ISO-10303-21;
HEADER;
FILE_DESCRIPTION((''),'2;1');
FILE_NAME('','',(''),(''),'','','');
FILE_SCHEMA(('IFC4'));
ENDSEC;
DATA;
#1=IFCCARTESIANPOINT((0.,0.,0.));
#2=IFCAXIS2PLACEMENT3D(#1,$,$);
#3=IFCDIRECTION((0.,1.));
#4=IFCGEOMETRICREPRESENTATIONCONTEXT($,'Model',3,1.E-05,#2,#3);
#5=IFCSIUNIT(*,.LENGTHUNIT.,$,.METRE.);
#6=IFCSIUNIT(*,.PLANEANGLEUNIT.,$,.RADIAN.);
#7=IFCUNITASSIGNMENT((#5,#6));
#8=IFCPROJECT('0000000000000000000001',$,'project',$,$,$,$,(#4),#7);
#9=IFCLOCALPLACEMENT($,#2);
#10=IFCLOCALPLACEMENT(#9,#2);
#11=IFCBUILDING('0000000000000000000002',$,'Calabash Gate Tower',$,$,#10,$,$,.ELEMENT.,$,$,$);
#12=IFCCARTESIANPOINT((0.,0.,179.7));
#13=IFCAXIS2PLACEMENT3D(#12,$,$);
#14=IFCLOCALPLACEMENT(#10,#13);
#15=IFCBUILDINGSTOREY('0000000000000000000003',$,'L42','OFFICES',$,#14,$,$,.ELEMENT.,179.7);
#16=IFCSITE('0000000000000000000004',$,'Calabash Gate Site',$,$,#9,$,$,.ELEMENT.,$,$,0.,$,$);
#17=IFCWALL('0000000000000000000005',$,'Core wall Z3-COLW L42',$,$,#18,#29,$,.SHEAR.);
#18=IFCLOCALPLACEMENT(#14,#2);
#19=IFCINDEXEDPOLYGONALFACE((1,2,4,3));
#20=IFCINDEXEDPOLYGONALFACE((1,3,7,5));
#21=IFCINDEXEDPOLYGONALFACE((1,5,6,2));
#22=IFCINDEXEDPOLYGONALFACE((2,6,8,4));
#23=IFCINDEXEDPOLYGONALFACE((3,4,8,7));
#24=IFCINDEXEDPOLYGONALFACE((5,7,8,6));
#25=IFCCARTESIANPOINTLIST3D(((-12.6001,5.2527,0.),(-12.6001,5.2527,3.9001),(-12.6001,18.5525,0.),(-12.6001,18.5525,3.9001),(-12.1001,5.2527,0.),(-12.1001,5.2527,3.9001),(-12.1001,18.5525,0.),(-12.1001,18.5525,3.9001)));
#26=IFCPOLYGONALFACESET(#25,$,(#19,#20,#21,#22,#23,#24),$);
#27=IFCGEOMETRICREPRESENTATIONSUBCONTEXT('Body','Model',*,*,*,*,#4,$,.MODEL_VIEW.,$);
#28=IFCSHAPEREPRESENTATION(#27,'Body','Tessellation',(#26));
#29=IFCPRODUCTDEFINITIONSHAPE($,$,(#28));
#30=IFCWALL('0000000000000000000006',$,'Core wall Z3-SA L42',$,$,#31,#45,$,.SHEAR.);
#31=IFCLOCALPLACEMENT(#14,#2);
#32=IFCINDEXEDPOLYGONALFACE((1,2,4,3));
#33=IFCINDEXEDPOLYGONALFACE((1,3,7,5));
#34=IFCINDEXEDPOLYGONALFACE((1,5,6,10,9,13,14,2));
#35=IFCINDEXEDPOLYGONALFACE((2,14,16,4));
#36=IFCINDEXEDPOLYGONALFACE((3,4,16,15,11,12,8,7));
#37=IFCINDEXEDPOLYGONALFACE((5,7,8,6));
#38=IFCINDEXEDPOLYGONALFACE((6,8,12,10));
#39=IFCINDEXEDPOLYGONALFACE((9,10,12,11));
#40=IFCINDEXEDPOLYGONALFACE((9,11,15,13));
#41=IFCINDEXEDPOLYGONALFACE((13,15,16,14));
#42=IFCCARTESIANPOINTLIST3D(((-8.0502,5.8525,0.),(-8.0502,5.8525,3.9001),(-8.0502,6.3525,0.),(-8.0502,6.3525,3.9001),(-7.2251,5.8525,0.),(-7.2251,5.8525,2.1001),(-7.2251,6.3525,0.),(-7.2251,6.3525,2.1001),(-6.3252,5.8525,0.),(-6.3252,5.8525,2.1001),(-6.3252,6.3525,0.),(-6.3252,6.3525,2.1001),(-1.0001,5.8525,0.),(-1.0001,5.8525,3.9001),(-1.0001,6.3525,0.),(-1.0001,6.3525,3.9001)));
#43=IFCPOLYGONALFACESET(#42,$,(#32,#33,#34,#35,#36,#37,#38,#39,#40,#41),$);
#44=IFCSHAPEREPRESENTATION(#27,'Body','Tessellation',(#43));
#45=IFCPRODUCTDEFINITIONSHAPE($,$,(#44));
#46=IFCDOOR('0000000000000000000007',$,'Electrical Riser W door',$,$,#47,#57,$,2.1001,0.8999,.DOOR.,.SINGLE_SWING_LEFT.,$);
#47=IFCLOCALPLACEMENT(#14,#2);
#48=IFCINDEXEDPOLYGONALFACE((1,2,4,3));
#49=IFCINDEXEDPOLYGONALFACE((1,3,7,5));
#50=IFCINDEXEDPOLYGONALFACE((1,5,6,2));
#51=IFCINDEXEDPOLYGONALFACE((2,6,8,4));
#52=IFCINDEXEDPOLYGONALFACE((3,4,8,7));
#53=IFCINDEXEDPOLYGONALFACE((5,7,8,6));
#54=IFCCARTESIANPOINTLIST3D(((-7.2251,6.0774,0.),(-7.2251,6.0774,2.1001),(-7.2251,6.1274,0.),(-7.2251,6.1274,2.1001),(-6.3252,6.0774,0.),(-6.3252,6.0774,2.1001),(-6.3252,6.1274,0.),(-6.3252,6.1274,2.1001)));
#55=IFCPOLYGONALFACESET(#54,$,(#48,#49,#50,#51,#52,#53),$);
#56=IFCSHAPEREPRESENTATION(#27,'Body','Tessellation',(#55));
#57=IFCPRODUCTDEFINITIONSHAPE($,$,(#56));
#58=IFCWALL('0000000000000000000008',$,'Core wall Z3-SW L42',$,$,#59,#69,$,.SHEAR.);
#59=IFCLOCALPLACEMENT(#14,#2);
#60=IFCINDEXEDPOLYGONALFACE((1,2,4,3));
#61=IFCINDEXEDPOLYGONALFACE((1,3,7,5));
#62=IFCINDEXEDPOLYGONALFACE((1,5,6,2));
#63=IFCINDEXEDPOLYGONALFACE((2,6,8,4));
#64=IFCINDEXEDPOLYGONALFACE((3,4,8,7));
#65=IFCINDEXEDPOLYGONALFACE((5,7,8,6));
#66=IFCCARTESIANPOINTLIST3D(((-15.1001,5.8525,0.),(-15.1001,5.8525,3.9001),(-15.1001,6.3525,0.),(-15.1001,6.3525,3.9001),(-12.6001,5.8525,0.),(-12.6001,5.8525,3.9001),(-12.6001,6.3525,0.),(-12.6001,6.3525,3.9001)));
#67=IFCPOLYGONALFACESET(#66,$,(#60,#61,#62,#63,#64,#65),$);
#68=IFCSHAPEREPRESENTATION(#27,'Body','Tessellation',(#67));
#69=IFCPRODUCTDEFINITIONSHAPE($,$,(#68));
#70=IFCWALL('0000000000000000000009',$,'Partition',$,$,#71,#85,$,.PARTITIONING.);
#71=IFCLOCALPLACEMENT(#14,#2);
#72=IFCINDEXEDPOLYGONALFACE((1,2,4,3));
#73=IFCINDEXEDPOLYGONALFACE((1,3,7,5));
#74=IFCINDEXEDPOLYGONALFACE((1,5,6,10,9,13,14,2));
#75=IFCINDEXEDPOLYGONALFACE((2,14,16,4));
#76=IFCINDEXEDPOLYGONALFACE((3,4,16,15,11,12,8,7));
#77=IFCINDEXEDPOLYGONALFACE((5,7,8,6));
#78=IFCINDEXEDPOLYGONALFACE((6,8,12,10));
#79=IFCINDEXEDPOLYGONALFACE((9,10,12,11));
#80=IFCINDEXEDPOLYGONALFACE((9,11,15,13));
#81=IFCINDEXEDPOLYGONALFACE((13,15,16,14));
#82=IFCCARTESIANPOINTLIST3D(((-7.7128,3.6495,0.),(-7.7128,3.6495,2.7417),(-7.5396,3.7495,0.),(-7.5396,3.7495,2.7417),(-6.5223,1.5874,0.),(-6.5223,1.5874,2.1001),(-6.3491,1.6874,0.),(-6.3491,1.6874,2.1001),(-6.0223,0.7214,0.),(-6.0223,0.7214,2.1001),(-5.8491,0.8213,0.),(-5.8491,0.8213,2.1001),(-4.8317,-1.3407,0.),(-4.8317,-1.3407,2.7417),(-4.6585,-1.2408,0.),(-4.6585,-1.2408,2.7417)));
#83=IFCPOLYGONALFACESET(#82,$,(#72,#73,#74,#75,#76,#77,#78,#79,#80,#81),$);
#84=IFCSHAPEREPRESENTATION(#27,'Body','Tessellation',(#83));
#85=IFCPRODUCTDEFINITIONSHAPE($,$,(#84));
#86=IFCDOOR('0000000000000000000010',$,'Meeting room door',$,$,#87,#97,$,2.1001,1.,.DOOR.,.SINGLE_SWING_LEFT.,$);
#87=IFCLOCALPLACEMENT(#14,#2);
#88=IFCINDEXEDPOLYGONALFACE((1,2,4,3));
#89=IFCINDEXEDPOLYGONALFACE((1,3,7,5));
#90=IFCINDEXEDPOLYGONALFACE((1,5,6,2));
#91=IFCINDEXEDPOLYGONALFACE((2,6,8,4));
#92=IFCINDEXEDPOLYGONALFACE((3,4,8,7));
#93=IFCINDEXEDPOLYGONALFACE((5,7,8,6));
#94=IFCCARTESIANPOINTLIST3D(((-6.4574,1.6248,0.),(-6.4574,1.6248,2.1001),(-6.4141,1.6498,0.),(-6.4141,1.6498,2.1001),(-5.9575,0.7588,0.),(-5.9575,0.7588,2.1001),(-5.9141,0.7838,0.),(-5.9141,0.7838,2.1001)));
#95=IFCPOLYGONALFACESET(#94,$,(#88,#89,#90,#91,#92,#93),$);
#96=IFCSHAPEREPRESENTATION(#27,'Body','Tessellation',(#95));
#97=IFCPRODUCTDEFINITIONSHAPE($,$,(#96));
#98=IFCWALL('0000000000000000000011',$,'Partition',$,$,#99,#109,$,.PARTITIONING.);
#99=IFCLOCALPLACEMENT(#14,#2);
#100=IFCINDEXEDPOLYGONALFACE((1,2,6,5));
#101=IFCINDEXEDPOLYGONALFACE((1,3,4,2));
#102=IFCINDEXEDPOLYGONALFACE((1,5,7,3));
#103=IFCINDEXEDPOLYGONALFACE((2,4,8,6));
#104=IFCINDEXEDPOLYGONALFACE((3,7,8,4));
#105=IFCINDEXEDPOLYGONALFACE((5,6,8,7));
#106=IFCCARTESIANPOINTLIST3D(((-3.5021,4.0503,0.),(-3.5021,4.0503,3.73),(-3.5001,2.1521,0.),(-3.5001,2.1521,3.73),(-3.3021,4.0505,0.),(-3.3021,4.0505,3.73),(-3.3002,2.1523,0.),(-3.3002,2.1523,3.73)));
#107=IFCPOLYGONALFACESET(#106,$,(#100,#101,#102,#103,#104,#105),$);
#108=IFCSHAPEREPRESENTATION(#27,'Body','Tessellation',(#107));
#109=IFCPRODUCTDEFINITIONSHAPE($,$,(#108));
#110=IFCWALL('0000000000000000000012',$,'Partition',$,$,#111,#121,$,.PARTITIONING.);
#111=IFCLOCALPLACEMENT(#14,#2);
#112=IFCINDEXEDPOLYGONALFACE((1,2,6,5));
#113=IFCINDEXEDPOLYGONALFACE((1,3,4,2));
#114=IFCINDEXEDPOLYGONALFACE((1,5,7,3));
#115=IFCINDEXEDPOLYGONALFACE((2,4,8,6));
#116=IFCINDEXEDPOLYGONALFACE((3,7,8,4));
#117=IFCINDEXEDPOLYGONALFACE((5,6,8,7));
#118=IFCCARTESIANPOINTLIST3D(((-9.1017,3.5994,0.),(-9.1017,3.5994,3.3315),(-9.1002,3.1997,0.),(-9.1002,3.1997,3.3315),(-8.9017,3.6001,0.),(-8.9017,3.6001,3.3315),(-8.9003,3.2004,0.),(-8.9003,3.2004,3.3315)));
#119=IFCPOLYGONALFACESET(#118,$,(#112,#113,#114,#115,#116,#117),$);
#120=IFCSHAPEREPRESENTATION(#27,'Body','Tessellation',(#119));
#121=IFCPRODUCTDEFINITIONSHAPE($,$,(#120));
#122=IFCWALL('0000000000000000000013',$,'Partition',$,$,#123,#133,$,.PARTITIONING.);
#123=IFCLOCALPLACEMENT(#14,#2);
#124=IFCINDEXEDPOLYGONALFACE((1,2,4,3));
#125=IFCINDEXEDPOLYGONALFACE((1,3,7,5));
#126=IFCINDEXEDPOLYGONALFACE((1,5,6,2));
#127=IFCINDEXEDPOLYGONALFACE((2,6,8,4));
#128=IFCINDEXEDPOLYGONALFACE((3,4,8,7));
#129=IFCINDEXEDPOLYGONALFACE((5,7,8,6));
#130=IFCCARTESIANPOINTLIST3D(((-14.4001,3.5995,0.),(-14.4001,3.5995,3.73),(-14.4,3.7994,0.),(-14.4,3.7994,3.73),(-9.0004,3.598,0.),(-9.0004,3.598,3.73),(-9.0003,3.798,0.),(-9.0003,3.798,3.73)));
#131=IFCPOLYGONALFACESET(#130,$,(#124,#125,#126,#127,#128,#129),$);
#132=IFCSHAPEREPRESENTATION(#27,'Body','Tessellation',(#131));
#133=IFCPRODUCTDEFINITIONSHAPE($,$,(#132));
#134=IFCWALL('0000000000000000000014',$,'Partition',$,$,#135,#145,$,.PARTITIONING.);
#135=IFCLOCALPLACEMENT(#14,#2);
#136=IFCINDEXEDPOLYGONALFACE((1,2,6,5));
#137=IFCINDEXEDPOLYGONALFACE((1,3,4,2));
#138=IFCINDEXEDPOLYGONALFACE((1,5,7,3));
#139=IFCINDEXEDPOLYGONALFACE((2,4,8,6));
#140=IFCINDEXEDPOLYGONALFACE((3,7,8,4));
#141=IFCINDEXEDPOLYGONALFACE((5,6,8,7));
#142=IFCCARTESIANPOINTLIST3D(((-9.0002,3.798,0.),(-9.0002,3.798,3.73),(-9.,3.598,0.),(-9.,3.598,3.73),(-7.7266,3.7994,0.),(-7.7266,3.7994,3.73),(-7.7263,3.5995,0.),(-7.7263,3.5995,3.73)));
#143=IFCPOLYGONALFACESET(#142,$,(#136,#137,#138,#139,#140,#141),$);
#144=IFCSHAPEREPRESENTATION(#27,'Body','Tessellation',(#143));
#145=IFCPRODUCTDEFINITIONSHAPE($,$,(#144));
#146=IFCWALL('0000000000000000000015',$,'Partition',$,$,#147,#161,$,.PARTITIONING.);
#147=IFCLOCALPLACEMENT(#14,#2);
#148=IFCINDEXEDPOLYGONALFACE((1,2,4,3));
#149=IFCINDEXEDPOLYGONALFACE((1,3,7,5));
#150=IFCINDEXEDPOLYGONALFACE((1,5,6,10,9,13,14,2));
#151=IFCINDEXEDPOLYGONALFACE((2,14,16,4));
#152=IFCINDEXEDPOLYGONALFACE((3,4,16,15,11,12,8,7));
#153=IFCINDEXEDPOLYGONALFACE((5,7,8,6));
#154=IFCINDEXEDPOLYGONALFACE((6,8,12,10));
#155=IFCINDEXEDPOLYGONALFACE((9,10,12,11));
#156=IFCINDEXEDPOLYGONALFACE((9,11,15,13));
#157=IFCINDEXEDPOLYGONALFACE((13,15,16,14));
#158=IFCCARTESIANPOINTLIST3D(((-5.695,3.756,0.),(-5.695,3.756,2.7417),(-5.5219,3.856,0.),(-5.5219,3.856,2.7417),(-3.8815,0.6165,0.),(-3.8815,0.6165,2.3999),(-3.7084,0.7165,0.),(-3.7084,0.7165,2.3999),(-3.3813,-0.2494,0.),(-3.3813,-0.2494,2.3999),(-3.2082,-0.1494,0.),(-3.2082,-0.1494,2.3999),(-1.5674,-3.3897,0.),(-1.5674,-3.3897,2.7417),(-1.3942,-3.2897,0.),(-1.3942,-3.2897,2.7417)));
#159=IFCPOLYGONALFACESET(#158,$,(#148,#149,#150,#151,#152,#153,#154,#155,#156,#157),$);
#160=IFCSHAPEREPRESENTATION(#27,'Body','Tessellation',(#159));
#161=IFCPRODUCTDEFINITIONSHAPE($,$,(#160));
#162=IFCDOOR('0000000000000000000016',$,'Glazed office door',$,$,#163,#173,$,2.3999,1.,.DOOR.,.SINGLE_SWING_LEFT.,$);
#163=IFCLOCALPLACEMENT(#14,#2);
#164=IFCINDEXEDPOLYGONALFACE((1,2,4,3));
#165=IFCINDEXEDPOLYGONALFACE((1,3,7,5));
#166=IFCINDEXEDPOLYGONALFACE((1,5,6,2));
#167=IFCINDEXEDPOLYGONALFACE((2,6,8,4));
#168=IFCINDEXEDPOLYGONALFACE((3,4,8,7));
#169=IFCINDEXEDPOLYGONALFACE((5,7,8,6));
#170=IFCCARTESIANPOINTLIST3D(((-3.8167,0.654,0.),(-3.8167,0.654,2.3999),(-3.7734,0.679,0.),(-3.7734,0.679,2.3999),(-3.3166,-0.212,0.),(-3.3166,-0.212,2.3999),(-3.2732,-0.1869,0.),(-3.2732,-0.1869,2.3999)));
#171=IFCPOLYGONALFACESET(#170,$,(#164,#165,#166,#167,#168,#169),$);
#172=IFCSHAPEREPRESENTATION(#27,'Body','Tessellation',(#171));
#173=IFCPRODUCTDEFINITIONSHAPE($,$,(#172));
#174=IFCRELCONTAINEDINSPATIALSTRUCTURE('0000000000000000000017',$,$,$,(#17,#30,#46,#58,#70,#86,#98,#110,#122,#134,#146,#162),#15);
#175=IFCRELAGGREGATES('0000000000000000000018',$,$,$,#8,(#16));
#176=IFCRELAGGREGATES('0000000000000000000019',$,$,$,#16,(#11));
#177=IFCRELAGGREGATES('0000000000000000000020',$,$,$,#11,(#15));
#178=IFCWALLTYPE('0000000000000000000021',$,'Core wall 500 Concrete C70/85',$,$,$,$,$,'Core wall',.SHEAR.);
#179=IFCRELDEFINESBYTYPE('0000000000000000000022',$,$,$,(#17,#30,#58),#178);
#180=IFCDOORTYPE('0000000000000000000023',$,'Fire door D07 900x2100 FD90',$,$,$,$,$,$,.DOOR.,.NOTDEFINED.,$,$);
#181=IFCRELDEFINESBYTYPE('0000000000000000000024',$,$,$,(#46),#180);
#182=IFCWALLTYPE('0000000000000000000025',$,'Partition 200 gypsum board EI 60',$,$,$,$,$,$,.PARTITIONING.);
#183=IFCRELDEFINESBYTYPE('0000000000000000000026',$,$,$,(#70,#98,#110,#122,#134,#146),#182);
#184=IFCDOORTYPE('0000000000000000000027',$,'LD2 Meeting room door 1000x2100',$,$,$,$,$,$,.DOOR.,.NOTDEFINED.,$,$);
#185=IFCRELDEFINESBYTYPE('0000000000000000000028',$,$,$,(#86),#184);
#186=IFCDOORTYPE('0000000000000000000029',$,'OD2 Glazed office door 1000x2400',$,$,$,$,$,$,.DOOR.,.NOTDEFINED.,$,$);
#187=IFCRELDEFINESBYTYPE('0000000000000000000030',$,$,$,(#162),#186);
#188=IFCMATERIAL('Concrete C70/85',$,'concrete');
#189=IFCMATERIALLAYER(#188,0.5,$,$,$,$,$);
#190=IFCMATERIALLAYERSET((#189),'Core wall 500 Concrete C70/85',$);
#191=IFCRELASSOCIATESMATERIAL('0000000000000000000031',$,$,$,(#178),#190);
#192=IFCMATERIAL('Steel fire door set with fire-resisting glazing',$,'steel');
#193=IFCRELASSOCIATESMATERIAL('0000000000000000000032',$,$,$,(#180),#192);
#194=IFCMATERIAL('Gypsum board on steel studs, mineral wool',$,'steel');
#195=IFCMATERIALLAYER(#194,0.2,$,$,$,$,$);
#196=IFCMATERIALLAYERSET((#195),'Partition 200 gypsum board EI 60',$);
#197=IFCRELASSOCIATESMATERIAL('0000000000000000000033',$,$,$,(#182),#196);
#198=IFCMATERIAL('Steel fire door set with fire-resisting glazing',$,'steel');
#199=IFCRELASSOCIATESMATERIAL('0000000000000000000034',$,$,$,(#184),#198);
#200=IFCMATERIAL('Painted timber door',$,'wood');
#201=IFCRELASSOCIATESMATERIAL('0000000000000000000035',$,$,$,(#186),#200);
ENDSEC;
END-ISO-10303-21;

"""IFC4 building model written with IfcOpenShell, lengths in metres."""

from ifc_helpers import new_model, si_unit, direction, frame, frame_2d, origin, place, context, subcontext, project, spatial, rectangle, extrude, material, layer, layer_set, type_object, element, fill, save


model = new_model("IFC4")

# Units and contexts
model_context = context("Model", 3, precision=1e-05, world=origin(), true_north=direction((0.0, 1.0)))
body_context = subcontext(model_context, "Body", "Model", "MODEL_VIEW")
ifc_project = project(units=[si_unit("LENGTHUNIT", "METRE"), si_unit("PLANEANGLEUNIT", "RADIAN")], contexts=[model_context])

# Site, building, storey
site_placement = place(None, origin())
site = spatial("IfcSite", under=ifc_project, at=site_placement, Name="Calabash Gate Site", CompositionType="ELEMENT", RefElevation=0.0)
building_placement = place(site_placement, origin())
building = spatial("IfcBuilding", under=site, at=building_placement, Name="Calabash Gate Tower", CompositionType="ELEMENT")
storey_placement = place(building_placement, frame((0.0, 0.0, 179.7)))
storey = spatial("IfcBuildingStorey", under=building, at=storey_placement, Name="L42", Description="OFFICES", CompositionType="ELEMENT", Elevation=179.7)

# Wall
ifc_material_1 = material(Name="Concrete C70/85", Category="concrete")
ifc_layer_1 = layer(ifc_material_1, 0.5)
ifc_layer_set_1 = layer_set([ifc_layer_1], Name="Core wall 500 Concrete C70/85")
wall_type_1 = type_object("IfcWallType", Name="Core wall 500 Concrete C70/85", ElementType="Core wall", PredefinedType="SHEAR", material=ifc_layer_set_1)
wall_1_placement = place(storey_placement, frame((-12.3501, 5.2527, 0.0), z_axis=(0.0, 0.0, 1.0), x_axis=(0.0, 1.0, 0.0)))
element("IfcWall", 1, at=wall_1_placement, inside=storey, type_object=wall_type_1, Name="Core wall Z3-COLW L42", PredefinedType="SHEAR", context=body_context, shape_type="SweptSolid", body=[
    extrude(rectangle(XDim=13.2998, YDim=0.5, at=frame_2d((6.6499, 0.0))), origin(), (0.0, 0.0, 1.0), 3.9001),
])

# Wall, opening, door
wall_2_placement = place(storey_placement, frame((-8.05, 6.1025, 0.0), z_axis=(0.0, 0.0, 1.0), x_axis=(1.0, 0.0, 0.0)))
wall_2 = element("IfcWall", 2, at=wall_2_placement, inside=storey, type_object=wall_type_1, Name="Core wall Z3-SA L42", PredefinedType="SHEAR", context=body_context, shape_type="SweptSolid", body=[
    extrude(rectangle(XDim=7.05, YDim=0.5, at=frame_2d((3.5249, 0.0))), origin(), (0.0, 0.0, 1.0), 3.9001),
])
opening_1_placement = place(wall_2_placement, frame((0.825, 0.0, 0.0)))
opening_1 = element("IfcOpeningElement", 3, at=opening_1_placement, cuts=wall_2, PredefinedType="OPENING", context=body_context, shape_type="SweptSolid", body=[
    extrude(rectangle(XDim=0.8999, YDim=2.1001, at=frame_2d((0.45, 1.05))), frame((0.0, 0.26, 0.0), z_axis=(0.0, -1.0, 0.0), x_axis=(1.0, 0.0, 0.0)), (0.0, 0.0, 1.0), 0.52),
])
ifc_material_2 = material(Name="Steel fire door set with fire-resisting glazing", Category="steel")
door_type_1 = type_object("IfcDoorType", Name="Fire door D07 900x2100 FD90", OperationType="NOTDEFINED", PredefinedType="DOOR", material=ifc_material_2)
door_1_placement = place(opening_1_placement, origin())
door_1 = element("IfcDoor", 4, at=door_1_placement, inside=storey, type_object=door_type_1, Name="Electrical Riser W door", OperationType="SINGLE_SWING_LEFT", OverallHeight=2.1001, OverallWidth=0.8999, PredefinedType="DOOR", context=body_context, shape_type="SweptSolid", body=[
    extrude(rectangle(XDim=0.8999, YDim=2.1001, at=frame_2d((0.45, 1.05))), frame((0.0, 0.0249, 0.0), z_axis=(0.0, -1.0, 0.0), x_axis=(1.0, 0.0, 0.0)), (0.0, 0.0, 1.0), 0.05),
])
fill(opening_1, door_1)

# Wall
wall_3_placement = place(storey_placement, frame((-12.6001, 6.1025, 0.0), z_axis=(0.0, 0.0, 1.0), x_axis=(-1.0, 0.0, 0.0)))
element("IfcWall", 5, at=wall_3_placement, inside=storey, type_object=wall_type_1, Name="Core wall Z3-SW L42", PredefinedType="SHEAR", context=body_context, shape_type="SweptSolid", body=[
    extrude(rectangle(XDim=2.5, YDim=0.5, at=frame_2d((1.25, 0.0))), origin(), (0.0, 0.0, 1.0), 3.9001),
])

# Wall, opening, door
ifc_material_3 = material(Name="Gypsum board on steel studs, mineral wool", Category="steel")
ifc_layer_2 = layer(ifc_material_3, 0.2)
ifc_layer_set_2 = layer_set([ifc_layer_2], Name="Partition 200 gypsum board EI 60")
wall_type_2 = type_object("IfcWallType", Name="Partition 200 gypsum board EI 60", PredefinedType="PARTITIONING", material=ifc_layer_set_2)
wall_4_placement = place(storey_placement, frame((-7.6262, 3.6995, 0.0), z_axis=(0.0, 0.0, 1.0), x_axis=(0.499999, -0.866026, 0.0)))
wall_4 = element("IfcWall", 6, at=wall_4_placement, inside=storey, type_object=wall_type_2, Name="Partition", PredefinedType="PARTITIONING", context=body_context, shape_type="SweptSolid", body=[
    extrude(rectangle(XDim=5.7622, YDim=0.2, at=frame_2d((2.8811, 0.0))), origin(), (0.0, 0.0, 1.0), 2.7417),
])
opening_2_placement = place(wall_4_placement, frame((2.3811, 0.0, 0.0)))
opening_2 = element("IfcOpeningElement", 7, at=opening_2_placement, cuts=wall_4, PredefinedType="OPENING", context=body_context, shape_type="SweptSolid", body=[
    extrude(rectangle(XDim=1.0, YDim=2.1001, at=frame_2d((0.5, 1.05))), frame((0.0, 0.1099, 0.0), z_axis=(0.0, -1.0, 0.0), x_axis=(1.0, 0.0, 0.0)), (0.0, 0.0, 1.0), 0.22),
])
ifc_material_4 = material(Name="Steel fire door set with fire-resisting glazing", Category="steel")
door_type_2 = type_object("IfcDoorType", Name="LD2 Meeting room door 1000x2100", OperationType="NOTDEFINED", PredefinedType="DOOR", material=ifc_material_4)
door_2_placement = place(opening_2_placement, origin())
door_2 = element("IfcDoor", 8, at=door_2_placement, inside=storey, type_object=door_type_2, Name="Meeting room door", OperationType="SINGLE_SWING_LEFT", OverallHeight=2.1001, OverallWidth=1.0, PredefinedType="DOOR", context=body_context, shape_type="SweptSolid", body=[
    extrude(rectangle(XDim=1.0, YDim=2.1001, at=frame_2d((0.5, 1.05))), frame((0.0, 0.0249, 0.0), z_axis=(0.0, -1.0, 0.0), x_axis=(1.0, 0.0, 0.0)), (0.0, 0.0, 1.0), 0.05),
])
fill(opening_2, door_2)

# Walls
wall_5_placement = place(storey_placement, frame((-3.4021, 4.0505, 0.0), z_axis=(0.0, 0.0, 1.0), x_axis=(0.001029, -0.999999, 0.0)))
element("IfcWall", 9, at=wall_5_placement, inside=storey, type_object=wall_type_2, Name="Partition", PredefinedType="PARTITIONING", context=body_context, shape_type="SweptSolid", body=[
    extrude(rectangle(XDim=1.8982, YDim=0.2, at=frame_2d((0.9492, 0.0))), origin(), (0.0, 0.0, 1.0), 3.73),
])
wall_6_placement = place(storey_placement, frame((-9.0017, 3.5996, 0.0), z_axis=(0.0, 0.0, 1.0), x_axis=(0.003665, -0.999993, 0.0)))
element("IfcWall", 10, at=wall_6_placement, inside=storey, type_object=wall_type_2, Name="Partition", PredefinedType="PARTITIONING", context=body_context, shape_type="SweptSolid", body=[
    extrude(rectangle(XDim=0.3997, YDim=0.2, at=frame_2d((0.1997, 0.0))), origin(), (0.0, 0.0, 1.0), 3.3315),
])
wall_7_placement = place(storey_placement, frame((-14.3999, 3.6995, 0.0), z_axis=(0.0, 0.0, 1.0), x_axis=(1.0, -0.000271, 0.0)))
element("IfcWall", 11, at=wall_7_placement, inside=storey, type_object=wall_type_2, Name="Partition", PredefinedType="PARTITIONING", context=body_context, shape_type="SweptSolid", body=[
    extrude(rectangle(XDim=5.3997, YDim=0.2, at=frame_2d((2.6997, 0.0))), origin(), (0.0, 0.0, 1.0), 3.73),
])
wall_8_placement = place(storey_placement, frame((-9.0, 3.698, 0.0), z_axis=(0.0, 0.0, 1.0), x_axis=(0.999999, 0.00115, 0.0)))
element("IfcWall", 12, at=wall_8_placement, inside=storey, type_object=wall_type_2, Name="Partition", PredefinedType="PARTITIONING", context=body_context, shape_type="SweptSolid", body=[
    extrude(rectangle(XDim=1.2737, YDim=0.2, at=frame_2d((0.6367, 0.0))), origin(), (0.0, 0.0, 1.0), 3.73),
])

# Wall, opening, door
wall_9_placement = place(storey_placement, frame((-5.6084, 3.8059, 0.0), z_axis=(0.0, 0.0, 1.0), x_axis=(0.500189, -0.865916, 0.0)))
wall_9 = element("IfcWall", 13, at=wall_9_placement, inside=storey, type_object=wall_type_2, Name="Partition", PredefinedType="PARTITIONING", context=body_context, shape_type="SweptSolid", body=[
    extrude(rectangle(XDim=8.2522, YDim=0.2, at=frame_2d((4.126, 0.0))), origin(), (0.0, 0.0, 1.0), 2.7417),
])
opening_3_placement = place(wall_9_placement, frame((3.6255, 0.0, 0.0)))
opening_3 = element("IfcOpeningElement", 14, at=opening_3_placement, cuts=wall_9, PredefinedType="OPENING", context=body_context, shape_type="SweptSolid", body=[
    extrude(rectangle(XDim=1.0, YDim=2.3999, at=frame_2d((0.5, 1.2))), frame((0.0, 0.1099, 0.0), z_axis=(0.0, -1.0, 0.0), x_axis=(1.0, 0.0, 0.0)), (0.0, 0.0, 1.0), 0.22),
])
ifc_material_5 = material(Name="Painted timber door", Category="wood")
door_type_3 = type_object("IfcDoorType", Name="OD2 Glazed office door 1000x2400", OperationType="NOTDEFINED", PredefinedType="DOOR", material=ifc_material_5)
door_3_placement = place(opening_3_placement, origin())
door_3 = element("IfcDoor", 15, at=door_3_placement, inside=storey, type_object=door_type_3, Name="Glazed office door", OperationType="SINGLE_SWING_LEFT", OverallHeight=2.3999, OverallWidth=1.0, PredefinedType="DOOR", context=body_context, shape_type="SweptSolid", body=[
    extrude(rectangle(XDim=1.0, YDim=2.3999, at=frame_2d((0.5, 1.2))), frame((0.0, 0.0249, 0.0), z_axis=(0.0, -1.0, 0.0), x_axis=(1.0, 0.0, 0.0)), (0.0, 0.0, 1.0), 0.05),
])
fill(opening_3, door_3)

save(model, "model.ifc")
